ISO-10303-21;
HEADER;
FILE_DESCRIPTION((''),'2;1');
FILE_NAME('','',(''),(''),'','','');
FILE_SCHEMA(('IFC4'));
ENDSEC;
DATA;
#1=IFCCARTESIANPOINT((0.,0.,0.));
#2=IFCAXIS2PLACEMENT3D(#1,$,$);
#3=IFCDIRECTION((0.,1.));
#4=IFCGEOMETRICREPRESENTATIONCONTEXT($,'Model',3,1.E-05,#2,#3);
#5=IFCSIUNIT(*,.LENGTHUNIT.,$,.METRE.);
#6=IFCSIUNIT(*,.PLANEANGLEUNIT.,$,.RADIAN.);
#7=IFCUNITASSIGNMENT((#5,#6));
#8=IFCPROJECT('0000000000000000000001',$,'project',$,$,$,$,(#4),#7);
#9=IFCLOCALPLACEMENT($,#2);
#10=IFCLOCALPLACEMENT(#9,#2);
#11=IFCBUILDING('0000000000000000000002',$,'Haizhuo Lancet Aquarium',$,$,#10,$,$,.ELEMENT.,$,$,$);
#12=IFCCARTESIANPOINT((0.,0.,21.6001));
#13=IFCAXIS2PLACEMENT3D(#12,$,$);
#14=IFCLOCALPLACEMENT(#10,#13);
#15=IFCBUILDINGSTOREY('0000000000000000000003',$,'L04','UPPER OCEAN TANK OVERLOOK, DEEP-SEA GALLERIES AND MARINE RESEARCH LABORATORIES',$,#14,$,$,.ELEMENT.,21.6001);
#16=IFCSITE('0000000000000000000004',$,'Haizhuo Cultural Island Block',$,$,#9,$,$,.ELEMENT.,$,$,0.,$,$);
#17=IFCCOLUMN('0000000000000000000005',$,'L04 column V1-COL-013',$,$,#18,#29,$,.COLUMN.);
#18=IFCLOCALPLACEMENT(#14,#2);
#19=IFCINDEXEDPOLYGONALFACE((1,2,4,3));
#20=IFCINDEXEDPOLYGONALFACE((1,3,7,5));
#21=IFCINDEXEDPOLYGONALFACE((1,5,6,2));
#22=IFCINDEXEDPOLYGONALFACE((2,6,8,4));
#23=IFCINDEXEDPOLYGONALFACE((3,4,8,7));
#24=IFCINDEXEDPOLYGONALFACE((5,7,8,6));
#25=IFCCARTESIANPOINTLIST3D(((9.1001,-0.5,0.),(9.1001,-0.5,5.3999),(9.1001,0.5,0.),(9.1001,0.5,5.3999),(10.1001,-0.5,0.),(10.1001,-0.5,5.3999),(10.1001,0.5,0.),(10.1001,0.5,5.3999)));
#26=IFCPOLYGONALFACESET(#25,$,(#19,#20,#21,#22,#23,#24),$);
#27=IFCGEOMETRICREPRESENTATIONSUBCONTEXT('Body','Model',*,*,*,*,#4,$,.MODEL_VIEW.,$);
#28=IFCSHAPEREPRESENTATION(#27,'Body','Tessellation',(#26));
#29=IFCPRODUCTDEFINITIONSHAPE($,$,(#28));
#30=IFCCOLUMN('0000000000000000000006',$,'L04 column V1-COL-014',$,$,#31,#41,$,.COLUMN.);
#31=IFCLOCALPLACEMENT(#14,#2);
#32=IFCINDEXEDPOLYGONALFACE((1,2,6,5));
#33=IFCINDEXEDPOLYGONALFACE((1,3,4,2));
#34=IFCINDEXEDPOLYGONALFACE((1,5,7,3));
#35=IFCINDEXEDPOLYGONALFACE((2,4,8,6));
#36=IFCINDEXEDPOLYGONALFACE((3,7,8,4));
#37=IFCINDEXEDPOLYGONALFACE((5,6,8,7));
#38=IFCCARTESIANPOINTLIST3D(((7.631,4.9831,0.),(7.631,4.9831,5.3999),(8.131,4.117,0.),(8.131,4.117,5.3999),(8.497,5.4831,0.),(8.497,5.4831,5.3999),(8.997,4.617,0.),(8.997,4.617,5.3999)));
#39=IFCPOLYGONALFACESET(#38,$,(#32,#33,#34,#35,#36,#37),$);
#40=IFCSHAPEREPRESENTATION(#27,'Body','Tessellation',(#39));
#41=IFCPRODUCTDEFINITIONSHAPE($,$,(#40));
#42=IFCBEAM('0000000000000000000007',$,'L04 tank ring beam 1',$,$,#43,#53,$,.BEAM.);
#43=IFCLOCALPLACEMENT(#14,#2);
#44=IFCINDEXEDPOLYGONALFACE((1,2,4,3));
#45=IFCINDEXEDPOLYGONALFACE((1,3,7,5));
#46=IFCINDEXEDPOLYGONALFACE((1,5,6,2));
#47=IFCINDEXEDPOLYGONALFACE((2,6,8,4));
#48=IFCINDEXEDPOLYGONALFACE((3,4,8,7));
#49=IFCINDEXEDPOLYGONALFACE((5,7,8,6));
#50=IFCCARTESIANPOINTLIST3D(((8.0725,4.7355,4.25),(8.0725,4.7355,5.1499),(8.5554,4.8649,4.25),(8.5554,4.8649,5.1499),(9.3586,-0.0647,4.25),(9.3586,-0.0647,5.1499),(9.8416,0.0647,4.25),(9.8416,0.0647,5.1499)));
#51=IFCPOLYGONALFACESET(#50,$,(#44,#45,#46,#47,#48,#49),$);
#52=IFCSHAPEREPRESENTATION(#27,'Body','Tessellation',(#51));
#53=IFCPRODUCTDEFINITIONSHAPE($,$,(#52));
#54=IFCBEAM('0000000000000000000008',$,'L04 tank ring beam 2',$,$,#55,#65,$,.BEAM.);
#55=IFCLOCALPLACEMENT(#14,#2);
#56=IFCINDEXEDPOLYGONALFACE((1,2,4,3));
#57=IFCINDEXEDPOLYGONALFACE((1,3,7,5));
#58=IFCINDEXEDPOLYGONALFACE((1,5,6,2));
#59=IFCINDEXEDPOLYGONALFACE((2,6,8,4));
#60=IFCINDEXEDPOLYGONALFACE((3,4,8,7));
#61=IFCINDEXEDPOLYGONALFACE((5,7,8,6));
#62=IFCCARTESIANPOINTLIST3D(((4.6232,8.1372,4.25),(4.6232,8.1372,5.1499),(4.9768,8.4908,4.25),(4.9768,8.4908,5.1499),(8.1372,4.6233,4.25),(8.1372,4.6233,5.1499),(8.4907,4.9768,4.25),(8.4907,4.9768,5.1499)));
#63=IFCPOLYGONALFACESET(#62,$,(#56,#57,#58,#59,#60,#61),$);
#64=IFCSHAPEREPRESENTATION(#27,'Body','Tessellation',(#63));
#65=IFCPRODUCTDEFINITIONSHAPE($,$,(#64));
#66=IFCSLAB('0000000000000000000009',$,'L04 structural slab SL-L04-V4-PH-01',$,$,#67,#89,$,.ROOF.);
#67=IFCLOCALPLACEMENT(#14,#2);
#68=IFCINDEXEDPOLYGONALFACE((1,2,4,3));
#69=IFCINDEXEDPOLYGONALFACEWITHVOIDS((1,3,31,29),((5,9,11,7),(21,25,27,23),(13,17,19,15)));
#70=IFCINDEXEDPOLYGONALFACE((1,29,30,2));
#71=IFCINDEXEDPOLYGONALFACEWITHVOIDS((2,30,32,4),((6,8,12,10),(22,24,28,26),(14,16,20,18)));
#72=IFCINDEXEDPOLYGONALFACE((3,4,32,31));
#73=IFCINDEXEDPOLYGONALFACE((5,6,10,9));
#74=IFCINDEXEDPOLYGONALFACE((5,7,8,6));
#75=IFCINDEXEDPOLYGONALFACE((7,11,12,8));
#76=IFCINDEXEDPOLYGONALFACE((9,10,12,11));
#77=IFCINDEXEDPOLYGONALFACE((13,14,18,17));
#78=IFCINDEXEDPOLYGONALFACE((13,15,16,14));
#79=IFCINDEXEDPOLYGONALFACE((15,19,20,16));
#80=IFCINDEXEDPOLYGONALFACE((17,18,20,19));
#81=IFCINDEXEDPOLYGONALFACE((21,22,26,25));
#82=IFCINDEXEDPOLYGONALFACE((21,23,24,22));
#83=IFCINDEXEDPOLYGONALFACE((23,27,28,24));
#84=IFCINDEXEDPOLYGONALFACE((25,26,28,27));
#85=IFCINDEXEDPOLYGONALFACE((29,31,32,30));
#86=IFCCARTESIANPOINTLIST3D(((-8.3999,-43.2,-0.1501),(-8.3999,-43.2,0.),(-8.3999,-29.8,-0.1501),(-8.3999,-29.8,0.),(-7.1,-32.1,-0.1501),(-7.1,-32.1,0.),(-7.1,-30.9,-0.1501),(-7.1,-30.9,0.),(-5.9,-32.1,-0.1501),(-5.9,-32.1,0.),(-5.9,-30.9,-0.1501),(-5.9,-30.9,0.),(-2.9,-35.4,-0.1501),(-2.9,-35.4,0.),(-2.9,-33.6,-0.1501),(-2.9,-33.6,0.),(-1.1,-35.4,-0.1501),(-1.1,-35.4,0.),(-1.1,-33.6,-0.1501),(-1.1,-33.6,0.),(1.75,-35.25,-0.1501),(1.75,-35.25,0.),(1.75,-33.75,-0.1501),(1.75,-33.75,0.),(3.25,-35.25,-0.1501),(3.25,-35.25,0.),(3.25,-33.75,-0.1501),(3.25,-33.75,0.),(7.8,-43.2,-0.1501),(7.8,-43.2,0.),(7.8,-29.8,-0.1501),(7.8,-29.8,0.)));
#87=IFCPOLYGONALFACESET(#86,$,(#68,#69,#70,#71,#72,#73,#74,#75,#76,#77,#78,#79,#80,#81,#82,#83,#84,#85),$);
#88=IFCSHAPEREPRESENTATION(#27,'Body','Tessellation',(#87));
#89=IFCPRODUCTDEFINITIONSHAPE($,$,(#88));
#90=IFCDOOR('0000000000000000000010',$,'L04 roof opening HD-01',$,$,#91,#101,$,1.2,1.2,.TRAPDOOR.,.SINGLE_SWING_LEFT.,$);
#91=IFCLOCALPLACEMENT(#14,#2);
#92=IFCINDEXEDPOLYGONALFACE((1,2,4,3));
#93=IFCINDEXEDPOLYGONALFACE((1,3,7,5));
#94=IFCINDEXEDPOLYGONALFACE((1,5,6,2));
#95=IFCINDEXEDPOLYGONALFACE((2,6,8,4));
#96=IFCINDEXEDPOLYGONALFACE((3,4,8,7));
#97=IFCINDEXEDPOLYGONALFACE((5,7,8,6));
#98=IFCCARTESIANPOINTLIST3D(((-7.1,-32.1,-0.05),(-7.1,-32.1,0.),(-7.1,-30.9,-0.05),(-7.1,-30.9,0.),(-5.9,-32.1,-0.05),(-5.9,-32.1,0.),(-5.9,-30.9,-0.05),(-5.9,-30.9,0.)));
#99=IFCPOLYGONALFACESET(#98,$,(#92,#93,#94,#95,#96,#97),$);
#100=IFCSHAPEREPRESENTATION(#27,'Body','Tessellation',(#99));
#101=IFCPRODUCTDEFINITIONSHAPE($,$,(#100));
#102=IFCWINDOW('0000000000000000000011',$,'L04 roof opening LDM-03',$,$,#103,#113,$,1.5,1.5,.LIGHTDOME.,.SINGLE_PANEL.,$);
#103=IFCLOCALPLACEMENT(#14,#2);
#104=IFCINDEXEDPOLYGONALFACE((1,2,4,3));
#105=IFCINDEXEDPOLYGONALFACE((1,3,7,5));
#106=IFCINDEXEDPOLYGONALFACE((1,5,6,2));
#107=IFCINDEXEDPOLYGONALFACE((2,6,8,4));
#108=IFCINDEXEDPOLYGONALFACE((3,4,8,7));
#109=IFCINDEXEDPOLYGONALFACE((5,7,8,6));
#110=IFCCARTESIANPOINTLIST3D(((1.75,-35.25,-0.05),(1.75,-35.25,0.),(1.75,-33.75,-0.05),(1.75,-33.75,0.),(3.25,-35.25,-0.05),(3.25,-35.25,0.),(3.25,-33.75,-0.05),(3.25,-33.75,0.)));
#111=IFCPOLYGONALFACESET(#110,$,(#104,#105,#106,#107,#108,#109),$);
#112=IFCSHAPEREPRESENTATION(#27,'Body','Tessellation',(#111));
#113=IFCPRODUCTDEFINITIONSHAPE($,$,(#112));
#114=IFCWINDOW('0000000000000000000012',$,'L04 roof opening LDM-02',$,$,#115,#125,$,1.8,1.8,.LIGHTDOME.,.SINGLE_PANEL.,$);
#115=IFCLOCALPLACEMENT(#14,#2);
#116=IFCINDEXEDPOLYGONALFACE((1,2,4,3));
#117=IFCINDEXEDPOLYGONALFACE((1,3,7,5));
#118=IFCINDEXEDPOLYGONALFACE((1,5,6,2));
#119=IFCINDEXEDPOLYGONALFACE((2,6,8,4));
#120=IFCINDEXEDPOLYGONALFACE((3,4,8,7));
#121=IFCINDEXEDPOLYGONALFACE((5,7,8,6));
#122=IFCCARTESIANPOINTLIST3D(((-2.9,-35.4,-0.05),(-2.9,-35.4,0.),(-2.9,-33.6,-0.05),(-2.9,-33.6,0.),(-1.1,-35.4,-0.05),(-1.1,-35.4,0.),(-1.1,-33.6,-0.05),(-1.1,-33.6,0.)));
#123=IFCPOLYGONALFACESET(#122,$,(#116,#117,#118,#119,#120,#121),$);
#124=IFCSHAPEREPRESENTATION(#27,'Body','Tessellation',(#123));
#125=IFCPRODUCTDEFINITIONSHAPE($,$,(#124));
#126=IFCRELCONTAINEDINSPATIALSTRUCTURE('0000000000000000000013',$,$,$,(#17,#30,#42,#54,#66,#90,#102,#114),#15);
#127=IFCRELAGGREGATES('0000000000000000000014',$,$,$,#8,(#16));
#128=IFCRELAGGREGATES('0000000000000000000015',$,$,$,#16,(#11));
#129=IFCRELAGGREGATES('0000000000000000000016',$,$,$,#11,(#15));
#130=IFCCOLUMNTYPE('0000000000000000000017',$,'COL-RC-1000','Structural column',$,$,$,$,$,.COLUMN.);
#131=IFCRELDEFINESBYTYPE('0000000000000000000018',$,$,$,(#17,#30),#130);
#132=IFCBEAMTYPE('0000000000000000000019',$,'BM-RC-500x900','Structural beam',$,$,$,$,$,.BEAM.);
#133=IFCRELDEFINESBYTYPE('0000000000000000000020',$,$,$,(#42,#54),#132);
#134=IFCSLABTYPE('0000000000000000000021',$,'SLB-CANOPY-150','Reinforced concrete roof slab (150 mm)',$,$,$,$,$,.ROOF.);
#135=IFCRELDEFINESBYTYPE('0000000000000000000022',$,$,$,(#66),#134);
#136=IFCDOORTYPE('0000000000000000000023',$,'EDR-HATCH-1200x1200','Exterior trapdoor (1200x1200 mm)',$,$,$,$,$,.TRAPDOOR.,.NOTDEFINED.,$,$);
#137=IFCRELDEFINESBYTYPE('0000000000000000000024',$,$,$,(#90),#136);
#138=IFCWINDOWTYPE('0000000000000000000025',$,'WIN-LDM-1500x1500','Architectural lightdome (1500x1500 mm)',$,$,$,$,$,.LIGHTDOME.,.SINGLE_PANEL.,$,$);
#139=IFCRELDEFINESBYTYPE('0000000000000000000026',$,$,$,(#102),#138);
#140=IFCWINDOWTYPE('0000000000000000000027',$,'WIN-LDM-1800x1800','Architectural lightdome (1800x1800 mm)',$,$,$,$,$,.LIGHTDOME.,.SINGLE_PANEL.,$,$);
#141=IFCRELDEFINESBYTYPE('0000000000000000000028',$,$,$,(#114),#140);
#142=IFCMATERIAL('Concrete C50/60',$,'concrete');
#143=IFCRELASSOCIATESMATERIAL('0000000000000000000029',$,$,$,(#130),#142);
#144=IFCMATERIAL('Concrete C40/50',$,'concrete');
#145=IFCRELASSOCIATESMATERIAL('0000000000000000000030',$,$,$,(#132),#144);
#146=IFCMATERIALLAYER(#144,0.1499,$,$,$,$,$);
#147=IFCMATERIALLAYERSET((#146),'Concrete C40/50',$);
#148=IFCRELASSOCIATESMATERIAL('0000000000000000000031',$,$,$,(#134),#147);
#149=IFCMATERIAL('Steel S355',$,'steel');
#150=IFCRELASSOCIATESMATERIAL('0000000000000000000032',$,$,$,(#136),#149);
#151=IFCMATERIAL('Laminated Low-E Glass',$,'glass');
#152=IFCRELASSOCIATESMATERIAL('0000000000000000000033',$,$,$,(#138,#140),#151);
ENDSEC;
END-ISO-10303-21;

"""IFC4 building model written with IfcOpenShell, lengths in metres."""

from ifc_helpers import new_model, si_unit, direction, frame, origin, origin_2d, place, context, subcontext, project, spatial, polyline, rectangle, outline, extrude, material, layer, layer_set, material_profile, profile_set, type_object, element, fill, save


model = new_model("IFC4")

# Units and contexts
model_context = context("Model", 3, precision=1e-05, world=origin(), true_north=direction((0.0, 1.0)))
body_context = subcontext(model_context, "Body", "Model", "MODEL_VIEW")
ifc_project = project(units=[si_unit("LENGTHUNIT", "METRE"), si_unit("PLANEANGLEUNIT", "RADIAN")], contexts=[model_context])

# Site, building, storey
site_placement = place(None, origin())
site = spatial("IfcSite", under=ifc_project, at=site_placement, Name="Haizhuo Cultural Island Block", CompositionType="ELEMENT", RefElevation=0.0)
building_placement = place(site_placement, origin())
building = spatial("IfcBuilding", under=site, at=building_placement, Name="Haizhuo Lancet Aquarium", CompositionType="ELEMENT")
storey_placement = place(building_placement, frame((0.0, 0.0, 21.6001)))
storey = spatial("IfcBuildingStorey", under=building, at=storey_placement, Name="L04", Description="UPPER OCEAN TANK OVERLOOK, DEEP-SEA GALLERIES AND MARINE RESEARCH LABORATORIES", CompositionType="ELEMENT", Elevation=21.6001)

# Columns
ifc_material_1 = material(Name="Concrete C50/60", Category="concrete")
ifc_material_profile_1 = material_profile(ifc_material_1, rectangle(XDim=1.0, YDim=1.0, at=origin_2d()), Name="RC-COL 1000x1000")
ifc_profile_set_1 = profile_set([ifc_material_profile_1], Name="Concrete C50/60")
column_type = type_object("IfcColumnType", Name="COL-RC-1000", Description="Structural column", PredefinedType="COLUMN", material=ifc_profile_set_1)
for number, where, z_axis, x_axis, name in (
    (1, (9.6001, 0.0, 0.0), (0.0, 0.0, 1.0), (1.0, 0.0, 0.0), "L04 column V1-COL-013"),
    (2, (8.314, 4.8, 0.0), (0.0, 0.0, 1.0), (0.866025, 0.5, 0.0), "L04 column V1-COL-014"),
):
    element("IfcColumn", number, at=place(storey_placement, frame(where, z_axis=z_axis, x_axis=x_axis)), inside=storey, type_object=column_type, Name=name, PredefinedType="COLUMN", context=body_context, shape_type="SweptSolid", body=[
        extrude(rectangle(XDim=1.0, YDim=1.0, at=origin_2d()), origin(), (0.0, 0.0, 1.0), 5.3999),
    ])

# Beams
ifc_material_2 = material(Name="Concrete C40/50", Category="concrete")
ifc_material_profile_2 = material_profile(ifc_material_2, rectangle(XDim=0.5, YDim=0.8999, at=origin_2d()), Name="RC-BM 500x900")
ifc_profile_set_2 = profile_set([ifc_material_profile_2], Name="Concrete C40/50")
beam_type = type_object("IfcBeamType", Name="BM-RC-500x900", Description="Structural beam", PredefinedType="BEAM", material=ifc_profile_set_2)
for number, where, z_axis, x_axis, name in (
    (3, (9.6001, 0.0, 4.7), (-0.258812, 0.965928, 0.0), (-0.965928, -0.258812, 0.0), "L04 tank ring beam 1"),
    (4, (8.314, 4.8, 4.7), (-0.707107, 0.707107, 0.0), (-0.707107, -0.707107, 0.0), "L04 tank ring beam 2"),
):
    element("IfcBeam", number, at=place(storey_placement, frame(where, z_axis=z_axis, x_axis=x_axis)), inside=storey, type_object=beam_type, Name=name, PredefinedType="BEAM", context=body_context, shape_type="SweptSolid", body=[
        extrude(rectangle(XDim=0.5, YDim=0.8999, at=origin_2d()), origin(), (0.0, 0.0, 1.0), 4.9695),
    ])

# Slab, openings, door, windows
ifc_layer_1 = layer(ifc_material_2, 0.1499)
ifc_layer_set_1 = layer_set([ifc_layer_1], Name="Concrete C40/50")
slab_type_1 = type_object("IfcSlabType", Name="SLB-CANOPY-150", Description="Reinforced concrete roof slab (150 mm)", PredefinedType="ROOF", material=ifc_layer_set_1)
slab_1_placement = place(storey_placement, frame((0.0, 0.0, -0.1501)))
slab_1 = element("IfcSlab", 5, at=slab_1_placement, inside=storey, type_object=slab_type_1, Name="L04 structural slab SL-L04-V4-PH-01", PredefinedType="ROOF", context=body_context, shape_type="SweptSolid", body=[
    extrude(outline(polyline([(-8.3999, -43.2), (7.8, -43.2), (7.8, -29.8), (-8.3999, -29.8), (-8.3999, -43.2)])), origin(), (0.0, 0.0, 1.0), 0.1501),
])
opening_1_placement = place(slab_1_placement, frame((-2.0, -34.5, 0.0)))
opening_1 = element("IfcOpeningElement", 6, at=opening_1_placement, cuts=slab_1, PredefinedType="OPENING", context=body_context, shape_type="SweptSolid", body=[
    extrude(rectangle(XDim=1.8, YDim=1.8, at=origin_2d()), origin(), (0.0, 0.0, 1.0), 0.1501),
])
opening_2_placement = place(slab_1_placement, frame((2.5, -34.5, 0.0)))
opening_2 = element("IfcOpeningElement", 7, at=opening_2_placement, cuts=slab_1, PredefinedType="OPENING", context=body_context, shape_type="SweptSolid", body=[
    extrude(rectangle(XDim=1.5, YDim=1.5, at=origin_2d()), origin(), (0.0, 0.0, 1.0), 0.1501),
])
opening_3_placement = place(slab_1_placement, frame((-6.5, -31.5, 0.0)))
opening_3 = element("IfcOpeningElement", 8, at=opening_3_placement, cuts=slab_1, PredefinedType="OPENING", context=body_context, shape_type="SweptSolid", body=[
    extrude(rectangle(XDim=1.2, YDim=1.2, at=origin_2d()), origin(), (0.0, 0.0, 1.0), 0.1501),
])
ifc_material_3 = material(Name="Steel S355", Category="steel")
door_type = type_object("IfcDoorType", Name="EDR-HATCH-1200x1200", Description="Exterior trapdoor (1200x1200 mm)", OperationType="NOTDEFINED", PredefinedType="TRAPDOOR", material=ifc_material_3)
door_1_placement = place(opening_3_placement, frame((0.0, 0.0, 0.1001)))
door_1 = element("IfcDoor", 9, at=door_1_placement, inside=storey, type_object=door_type, Name="L04 roof opening HD-01", OperationType="SINGLE_SWING_LEFT", OverallHeight=1.2, OverallWidth=1.2, PredefinedType="TRAPDOOR", context=body_context, shape_type="SweptSolid", body=[
    extrude(rectangle(XDim=1.2, YDim=1.2, at=origin_2d()), origin(), (0.0, 0.0, 1.0), 0.05),
])
fill(opening_3, door_1)
ifc_material_4 = material(Name="Laminated Low-E Glass", Category="glass")
window_type_1 = type_object("IfcWindowType", Name="WIN-LDM-1500x1500", Description="Architectural lightdome (1500x1500 mm)", PartitioningType="SINGLE_PANEL", PredefinedType="LIGHTDOME", material=ifc_material_4)
window_1_placement = place(opening_2_placement, frame((0.0, 0.0, 0.1001)))
window_1 = element("IfcWindow", 10, at=window_1_placement, inside=storey, type_object=window_type_1, Name="L04 roof opening LDM-03", OverallHeight=1.5, OverallWidth=1.5, PartitioningType="SINGLE_PANEL", PredefinedType="LIGHTDOME", context=body_context, shape_type="SweptSolid", body=[
    extrude(rectangle(XDim=1.5, YDim=1.5, at=origin_2d()), origin(), (0.0, 0.0, 1.0), 0.05),
])
fill(opening_2, window_1)
window_type_2 = type_object("IfcWindowType", Name="WIN-LDM-1800x1800", Description="Architectural lightdome (1800x1800 mm)", PartitioningType="SINGLE_PANEL", PredefinedType="LIGHTDOME", material=ifc_material_4)
window_2_placement = place(opening_1_placement, frame((0.0, 0.0, 0.1001)))
window_2 = element("IfcWindow", 11, at=window_2_placement, inside=storey, type_object=window_type_2, Name="L04 roof opening LDM-02", OverallHeight=1.8, OverallWidth=1.8, PartitioningType="SINGLE_PANEL", PredefinedType="LIGHTDOME", context=body_context, shape_type="SweptSolid", body=[
    extrude(rectangle(XDim=1.8, YDim=1.8, at=origin_2d()), origin(), (0.0, 0.0, 1.0), 0.05),
])
fill(opening_1, window_2)

save(model, "model.ifc")
